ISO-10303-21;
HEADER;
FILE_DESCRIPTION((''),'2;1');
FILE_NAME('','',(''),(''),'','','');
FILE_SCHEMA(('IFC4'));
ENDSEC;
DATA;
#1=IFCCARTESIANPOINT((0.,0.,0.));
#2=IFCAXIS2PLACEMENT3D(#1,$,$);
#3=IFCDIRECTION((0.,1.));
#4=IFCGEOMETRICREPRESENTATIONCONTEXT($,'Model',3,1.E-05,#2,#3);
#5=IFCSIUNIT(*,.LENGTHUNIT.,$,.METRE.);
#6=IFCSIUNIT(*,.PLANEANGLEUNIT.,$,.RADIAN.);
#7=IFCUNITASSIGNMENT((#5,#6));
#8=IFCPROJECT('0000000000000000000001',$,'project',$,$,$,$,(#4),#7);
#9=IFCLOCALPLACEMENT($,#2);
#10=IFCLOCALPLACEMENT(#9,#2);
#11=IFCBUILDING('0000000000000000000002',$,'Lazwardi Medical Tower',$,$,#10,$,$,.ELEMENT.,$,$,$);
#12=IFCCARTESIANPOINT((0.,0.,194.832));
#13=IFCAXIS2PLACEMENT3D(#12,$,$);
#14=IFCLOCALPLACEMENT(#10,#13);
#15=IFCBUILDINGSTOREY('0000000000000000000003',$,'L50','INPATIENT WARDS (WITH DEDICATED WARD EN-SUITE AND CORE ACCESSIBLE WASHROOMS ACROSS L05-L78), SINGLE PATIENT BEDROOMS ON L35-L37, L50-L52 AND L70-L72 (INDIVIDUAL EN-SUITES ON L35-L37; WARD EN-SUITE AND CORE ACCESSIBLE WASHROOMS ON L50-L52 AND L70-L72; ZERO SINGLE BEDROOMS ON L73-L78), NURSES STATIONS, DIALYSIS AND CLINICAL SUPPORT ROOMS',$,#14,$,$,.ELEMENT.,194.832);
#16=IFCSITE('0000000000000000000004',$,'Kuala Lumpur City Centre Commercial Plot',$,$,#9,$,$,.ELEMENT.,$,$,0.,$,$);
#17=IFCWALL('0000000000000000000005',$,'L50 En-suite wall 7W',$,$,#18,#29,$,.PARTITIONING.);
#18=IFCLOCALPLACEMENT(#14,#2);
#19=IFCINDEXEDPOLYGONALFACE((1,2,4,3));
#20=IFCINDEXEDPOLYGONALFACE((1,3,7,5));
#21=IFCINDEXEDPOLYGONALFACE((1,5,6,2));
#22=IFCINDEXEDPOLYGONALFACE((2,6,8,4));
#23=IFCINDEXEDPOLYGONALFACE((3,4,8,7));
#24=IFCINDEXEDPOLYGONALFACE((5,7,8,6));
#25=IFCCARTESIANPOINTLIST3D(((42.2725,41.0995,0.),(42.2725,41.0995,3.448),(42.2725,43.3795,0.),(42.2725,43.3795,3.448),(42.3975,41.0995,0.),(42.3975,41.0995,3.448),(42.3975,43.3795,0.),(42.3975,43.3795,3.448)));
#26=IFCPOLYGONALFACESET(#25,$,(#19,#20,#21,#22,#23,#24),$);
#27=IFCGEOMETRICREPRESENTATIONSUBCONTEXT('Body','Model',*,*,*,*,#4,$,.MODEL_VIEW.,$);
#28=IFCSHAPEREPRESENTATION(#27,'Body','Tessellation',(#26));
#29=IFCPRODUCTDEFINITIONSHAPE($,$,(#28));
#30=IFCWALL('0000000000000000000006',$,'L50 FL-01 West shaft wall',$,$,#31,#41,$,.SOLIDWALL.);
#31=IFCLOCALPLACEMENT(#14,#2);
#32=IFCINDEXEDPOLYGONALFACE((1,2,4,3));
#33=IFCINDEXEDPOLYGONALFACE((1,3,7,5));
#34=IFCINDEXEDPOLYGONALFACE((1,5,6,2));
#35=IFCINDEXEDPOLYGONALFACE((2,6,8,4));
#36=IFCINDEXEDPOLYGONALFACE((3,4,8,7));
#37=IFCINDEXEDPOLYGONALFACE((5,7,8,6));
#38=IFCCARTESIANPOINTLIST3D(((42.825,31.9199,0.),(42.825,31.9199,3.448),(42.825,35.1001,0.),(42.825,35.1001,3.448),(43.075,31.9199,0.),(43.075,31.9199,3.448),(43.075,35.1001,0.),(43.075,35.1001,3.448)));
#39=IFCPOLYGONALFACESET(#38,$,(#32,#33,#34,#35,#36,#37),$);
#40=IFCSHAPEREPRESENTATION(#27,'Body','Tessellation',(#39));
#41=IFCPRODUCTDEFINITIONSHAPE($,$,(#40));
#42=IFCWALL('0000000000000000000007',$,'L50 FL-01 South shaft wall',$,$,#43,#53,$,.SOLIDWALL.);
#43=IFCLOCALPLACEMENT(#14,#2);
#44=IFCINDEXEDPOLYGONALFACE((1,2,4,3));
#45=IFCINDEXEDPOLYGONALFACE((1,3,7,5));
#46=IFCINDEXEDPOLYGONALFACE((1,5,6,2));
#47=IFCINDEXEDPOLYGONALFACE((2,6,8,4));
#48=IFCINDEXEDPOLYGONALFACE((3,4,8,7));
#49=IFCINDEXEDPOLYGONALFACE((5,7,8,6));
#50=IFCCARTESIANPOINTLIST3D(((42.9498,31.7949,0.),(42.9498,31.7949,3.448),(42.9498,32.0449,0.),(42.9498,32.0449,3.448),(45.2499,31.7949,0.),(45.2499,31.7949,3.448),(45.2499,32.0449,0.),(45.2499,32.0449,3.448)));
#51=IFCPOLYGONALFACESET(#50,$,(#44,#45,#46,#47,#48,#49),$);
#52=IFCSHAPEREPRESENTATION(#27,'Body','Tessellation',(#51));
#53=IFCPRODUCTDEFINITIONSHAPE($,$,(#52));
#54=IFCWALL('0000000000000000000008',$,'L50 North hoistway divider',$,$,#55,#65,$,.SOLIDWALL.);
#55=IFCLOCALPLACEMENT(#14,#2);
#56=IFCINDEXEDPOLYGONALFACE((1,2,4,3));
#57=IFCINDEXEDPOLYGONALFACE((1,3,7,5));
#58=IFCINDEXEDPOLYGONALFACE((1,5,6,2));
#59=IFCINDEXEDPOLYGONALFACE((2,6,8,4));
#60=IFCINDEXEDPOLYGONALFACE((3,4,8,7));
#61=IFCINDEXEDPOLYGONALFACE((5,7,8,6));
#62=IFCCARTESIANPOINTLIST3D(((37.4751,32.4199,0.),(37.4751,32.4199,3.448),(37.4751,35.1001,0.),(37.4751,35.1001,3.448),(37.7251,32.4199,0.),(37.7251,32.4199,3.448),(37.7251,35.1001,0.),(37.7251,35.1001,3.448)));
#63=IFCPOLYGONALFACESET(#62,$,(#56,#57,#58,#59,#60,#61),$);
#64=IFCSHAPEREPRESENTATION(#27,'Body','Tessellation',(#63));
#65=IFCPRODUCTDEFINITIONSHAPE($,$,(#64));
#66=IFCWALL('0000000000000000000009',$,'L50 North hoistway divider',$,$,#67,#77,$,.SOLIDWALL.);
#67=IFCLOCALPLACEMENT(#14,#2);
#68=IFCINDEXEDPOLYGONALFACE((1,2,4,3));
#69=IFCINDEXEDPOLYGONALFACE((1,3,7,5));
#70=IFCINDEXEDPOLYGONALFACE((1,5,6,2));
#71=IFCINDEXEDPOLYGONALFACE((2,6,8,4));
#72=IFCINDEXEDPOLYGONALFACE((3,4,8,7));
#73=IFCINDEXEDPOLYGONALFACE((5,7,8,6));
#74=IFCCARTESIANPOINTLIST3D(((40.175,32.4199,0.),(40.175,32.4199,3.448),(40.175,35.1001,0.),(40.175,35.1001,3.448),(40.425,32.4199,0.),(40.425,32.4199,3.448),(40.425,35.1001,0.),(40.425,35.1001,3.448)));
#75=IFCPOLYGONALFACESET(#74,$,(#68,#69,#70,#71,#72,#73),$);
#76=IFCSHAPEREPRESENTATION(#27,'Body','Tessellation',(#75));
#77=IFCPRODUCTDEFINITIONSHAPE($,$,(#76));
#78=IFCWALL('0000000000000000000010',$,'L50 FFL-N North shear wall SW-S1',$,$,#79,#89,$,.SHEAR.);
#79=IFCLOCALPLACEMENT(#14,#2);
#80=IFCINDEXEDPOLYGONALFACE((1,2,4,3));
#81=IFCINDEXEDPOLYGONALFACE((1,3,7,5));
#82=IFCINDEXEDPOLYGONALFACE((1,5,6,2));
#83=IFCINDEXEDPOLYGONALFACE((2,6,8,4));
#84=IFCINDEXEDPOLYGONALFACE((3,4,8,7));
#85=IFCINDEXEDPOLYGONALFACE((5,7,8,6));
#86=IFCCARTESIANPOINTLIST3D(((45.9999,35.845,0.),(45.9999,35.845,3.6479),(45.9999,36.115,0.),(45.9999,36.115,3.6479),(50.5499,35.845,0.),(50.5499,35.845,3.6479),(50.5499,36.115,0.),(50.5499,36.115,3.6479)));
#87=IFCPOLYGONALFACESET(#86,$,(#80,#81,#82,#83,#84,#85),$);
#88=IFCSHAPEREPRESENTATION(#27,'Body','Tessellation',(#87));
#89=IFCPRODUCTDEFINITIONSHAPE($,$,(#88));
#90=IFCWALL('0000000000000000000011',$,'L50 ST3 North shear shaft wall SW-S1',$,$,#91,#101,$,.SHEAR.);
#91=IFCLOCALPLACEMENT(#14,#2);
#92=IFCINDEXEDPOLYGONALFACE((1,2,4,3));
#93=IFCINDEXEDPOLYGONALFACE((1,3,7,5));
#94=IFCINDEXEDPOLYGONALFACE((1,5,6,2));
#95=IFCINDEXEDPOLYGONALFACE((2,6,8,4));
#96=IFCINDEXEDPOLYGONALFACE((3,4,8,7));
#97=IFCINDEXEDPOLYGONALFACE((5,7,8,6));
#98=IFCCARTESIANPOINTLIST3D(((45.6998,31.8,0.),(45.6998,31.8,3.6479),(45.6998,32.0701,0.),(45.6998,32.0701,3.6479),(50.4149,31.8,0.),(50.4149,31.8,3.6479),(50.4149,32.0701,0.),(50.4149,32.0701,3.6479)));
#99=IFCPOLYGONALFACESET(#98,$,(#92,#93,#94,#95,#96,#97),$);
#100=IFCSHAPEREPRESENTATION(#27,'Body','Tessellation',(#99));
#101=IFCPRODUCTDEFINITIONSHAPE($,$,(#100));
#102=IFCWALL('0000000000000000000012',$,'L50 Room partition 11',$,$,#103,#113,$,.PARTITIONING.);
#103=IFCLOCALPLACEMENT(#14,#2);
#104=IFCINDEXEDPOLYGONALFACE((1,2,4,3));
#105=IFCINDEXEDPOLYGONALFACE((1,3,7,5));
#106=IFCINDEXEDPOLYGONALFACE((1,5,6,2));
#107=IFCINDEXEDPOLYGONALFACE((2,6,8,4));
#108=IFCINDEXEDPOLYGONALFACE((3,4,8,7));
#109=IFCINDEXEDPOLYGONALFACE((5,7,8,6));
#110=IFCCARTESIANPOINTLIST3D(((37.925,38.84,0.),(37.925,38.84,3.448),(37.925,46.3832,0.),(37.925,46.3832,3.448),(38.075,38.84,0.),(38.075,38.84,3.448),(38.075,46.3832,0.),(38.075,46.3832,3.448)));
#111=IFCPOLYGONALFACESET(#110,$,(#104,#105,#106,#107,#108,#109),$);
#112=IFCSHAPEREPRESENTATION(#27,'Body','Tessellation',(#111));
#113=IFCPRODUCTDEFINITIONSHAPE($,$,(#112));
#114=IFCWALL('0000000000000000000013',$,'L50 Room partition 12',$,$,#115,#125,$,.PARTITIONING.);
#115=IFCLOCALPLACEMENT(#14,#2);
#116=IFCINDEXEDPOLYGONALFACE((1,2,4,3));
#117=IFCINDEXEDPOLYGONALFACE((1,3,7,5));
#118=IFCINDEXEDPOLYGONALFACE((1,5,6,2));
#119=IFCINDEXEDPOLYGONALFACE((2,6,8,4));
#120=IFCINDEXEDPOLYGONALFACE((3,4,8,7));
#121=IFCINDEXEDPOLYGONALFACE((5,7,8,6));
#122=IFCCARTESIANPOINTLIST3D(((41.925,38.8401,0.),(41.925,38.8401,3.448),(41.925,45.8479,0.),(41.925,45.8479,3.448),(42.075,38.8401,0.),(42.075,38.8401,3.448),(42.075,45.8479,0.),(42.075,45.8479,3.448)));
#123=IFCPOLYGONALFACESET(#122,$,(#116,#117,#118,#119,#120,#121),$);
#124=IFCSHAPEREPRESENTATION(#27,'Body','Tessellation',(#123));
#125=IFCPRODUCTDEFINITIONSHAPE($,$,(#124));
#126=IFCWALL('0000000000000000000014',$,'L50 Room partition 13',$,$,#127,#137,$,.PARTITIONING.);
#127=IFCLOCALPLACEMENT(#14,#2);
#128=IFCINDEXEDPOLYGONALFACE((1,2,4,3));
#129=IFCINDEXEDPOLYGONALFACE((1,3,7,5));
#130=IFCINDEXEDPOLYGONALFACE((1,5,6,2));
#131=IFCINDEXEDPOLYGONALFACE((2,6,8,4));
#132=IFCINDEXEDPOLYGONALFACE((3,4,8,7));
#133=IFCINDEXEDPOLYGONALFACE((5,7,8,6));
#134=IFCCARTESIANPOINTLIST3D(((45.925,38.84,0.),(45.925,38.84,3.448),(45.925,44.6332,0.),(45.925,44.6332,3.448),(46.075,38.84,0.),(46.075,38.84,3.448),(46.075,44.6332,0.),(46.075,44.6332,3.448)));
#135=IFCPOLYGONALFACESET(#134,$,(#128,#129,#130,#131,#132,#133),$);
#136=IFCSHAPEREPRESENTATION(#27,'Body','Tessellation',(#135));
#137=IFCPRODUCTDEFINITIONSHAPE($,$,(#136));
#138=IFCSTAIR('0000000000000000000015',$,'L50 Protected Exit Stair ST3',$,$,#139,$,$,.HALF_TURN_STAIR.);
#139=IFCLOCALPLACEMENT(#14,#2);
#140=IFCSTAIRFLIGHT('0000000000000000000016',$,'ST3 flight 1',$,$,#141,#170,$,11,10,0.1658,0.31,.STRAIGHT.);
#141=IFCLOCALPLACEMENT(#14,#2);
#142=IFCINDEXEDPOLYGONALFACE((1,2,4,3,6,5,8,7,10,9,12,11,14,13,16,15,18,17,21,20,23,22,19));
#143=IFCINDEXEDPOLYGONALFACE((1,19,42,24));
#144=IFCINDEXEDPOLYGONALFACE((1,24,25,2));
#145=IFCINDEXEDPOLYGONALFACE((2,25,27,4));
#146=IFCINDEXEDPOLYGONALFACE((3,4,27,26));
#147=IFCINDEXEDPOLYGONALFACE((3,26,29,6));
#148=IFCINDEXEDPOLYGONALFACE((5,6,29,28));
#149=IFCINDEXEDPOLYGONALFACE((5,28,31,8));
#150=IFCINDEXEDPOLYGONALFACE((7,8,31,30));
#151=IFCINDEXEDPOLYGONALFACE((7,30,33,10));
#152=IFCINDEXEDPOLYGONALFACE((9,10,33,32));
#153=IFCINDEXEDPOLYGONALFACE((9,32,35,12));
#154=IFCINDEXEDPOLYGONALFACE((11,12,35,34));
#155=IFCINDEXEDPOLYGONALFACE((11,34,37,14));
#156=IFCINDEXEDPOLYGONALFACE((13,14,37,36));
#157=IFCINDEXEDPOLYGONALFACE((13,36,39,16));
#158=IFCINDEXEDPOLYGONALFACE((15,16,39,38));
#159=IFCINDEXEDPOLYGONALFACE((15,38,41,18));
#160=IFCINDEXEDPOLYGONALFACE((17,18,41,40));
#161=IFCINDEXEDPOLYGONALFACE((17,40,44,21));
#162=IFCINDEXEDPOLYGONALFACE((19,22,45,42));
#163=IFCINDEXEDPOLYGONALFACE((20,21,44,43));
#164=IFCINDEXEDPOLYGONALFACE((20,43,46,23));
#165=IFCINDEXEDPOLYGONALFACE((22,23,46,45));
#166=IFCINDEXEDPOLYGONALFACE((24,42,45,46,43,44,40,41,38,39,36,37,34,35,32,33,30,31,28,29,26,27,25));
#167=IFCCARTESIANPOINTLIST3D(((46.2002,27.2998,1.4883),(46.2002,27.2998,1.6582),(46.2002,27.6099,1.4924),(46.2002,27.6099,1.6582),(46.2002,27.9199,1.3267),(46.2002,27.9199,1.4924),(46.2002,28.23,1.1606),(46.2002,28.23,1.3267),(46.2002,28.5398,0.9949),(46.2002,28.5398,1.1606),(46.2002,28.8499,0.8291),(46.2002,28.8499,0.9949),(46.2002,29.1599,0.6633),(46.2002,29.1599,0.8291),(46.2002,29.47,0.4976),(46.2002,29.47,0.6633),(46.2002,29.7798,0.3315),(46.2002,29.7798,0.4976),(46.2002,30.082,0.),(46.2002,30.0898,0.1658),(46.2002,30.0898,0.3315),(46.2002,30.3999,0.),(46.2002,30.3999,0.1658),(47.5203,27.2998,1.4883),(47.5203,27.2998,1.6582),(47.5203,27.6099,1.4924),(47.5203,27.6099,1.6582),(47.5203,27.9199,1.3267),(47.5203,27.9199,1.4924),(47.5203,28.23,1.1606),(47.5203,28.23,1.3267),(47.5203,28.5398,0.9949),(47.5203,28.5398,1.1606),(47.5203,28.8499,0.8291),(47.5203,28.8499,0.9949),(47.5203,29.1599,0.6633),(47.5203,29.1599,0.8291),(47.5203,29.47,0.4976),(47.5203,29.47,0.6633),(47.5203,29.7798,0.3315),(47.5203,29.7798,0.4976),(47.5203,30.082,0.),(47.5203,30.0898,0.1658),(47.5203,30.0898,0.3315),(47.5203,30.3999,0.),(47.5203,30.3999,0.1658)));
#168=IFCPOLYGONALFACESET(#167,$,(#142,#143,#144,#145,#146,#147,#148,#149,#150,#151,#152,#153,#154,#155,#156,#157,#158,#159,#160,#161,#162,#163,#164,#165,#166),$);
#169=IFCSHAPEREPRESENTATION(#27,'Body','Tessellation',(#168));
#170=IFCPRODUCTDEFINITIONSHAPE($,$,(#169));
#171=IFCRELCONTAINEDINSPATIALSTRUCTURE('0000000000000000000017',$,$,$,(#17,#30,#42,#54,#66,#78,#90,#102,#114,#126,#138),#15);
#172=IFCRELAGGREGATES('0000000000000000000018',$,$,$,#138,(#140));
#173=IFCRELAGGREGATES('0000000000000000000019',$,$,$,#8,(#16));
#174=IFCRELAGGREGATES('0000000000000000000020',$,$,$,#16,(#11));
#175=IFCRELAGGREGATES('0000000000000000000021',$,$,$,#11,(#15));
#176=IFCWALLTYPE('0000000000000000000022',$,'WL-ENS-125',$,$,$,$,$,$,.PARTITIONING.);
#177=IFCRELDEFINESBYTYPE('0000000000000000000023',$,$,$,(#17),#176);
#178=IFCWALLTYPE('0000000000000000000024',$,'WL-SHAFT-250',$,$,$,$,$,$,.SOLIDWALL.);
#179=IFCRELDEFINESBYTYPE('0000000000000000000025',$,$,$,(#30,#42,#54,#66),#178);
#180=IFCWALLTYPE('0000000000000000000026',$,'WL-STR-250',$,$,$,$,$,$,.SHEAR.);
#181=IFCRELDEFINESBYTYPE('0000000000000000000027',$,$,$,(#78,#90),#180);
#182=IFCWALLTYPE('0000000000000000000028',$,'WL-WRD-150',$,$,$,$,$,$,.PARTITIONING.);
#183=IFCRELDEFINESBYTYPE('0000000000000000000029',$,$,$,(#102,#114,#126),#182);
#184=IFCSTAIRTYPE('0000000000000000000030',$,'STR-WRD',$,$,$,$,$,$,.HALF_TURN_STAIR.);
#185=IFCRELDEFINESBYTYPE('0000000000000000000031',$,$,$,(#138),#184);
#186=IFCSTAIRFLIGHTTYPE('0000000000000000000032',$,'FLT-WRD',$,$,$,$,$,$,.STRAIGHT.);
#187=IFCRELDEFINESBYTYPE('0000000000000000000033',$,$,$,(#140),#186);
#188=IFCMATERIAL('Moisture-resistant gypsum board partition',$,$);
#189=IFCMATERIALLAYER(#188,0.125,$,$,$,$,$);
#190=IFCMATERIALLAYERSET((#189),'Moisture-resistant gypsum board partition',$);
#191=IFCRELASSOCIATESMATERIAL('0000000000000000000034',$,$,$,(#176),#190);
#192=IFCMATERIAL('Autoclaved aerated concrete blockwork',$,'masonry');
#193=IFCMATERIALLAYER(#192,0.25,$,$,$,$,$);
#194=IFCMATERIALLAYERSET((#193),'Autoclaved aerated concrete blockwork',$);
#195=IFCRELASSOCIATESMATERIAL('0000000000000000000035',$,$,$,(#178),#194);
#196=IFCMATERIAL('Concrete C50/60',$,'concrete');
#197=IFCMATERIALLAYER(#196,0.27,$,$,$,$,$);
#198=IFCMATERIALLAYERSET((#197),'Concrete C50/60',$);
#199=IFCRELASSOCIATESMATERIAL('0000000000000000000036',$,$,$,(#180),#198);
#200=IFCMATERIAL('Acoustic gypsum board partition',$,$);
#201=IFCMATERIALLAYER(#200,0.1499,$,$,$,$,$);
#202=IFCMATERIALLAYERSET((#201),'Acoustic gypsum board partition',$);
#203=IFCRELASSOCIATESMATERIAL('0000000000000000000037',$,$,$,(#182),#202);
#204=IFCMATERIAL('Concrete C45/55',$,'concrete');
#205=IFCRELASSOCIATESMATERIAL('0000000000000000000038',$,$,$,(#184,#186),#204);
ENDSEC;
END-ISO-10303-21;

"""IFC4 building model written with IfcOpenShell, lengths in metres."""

from ifc_helpers import new_model, si_unit, direction, frame, frame_2d, origin, place, context, subcontext, project, spatial, polyline, rectangle, outline, extrude, material, layer, layer_set, type_object, element, aggregate, save


model = new_model("IFC4")

# Units and contexts
model_context = context("Model", 3, precision=1e-05, world=origin(), true_north=direction((0.0, 1.0)))
body_context = subcontext(model_context, "Body", "Model", "MODEL_VIEW")
ifc_project = project(units=[si_unit("LENGTHUNIT", "METRE"), si_unit("PLANEANGLEUNIT", "RADIAN")], contexts=[model_context])

# Site, building, storey
site_placement = place(None, origin())
site = spatial("IfcSite", under=ifc_project, at=site_placement, Name="Kuala Lumpur City Centre Commercial Plot", CompositionType="ELEMENT", RefElevation=0.0)
building_placement = place(site_placement, origin())
building = spatial("IfcBuilding", under=site, at=building_placement, Name="Lazwardi Medical Tower", CompositionType="ELEMENT")
storey_placement = place(building_placement, frame((0.0, 0.0, 194.832)))
storey = spatial("IfcBuildingStorey", under=building, at=storey_placement, Name="L50", Description="INPATIENT WARDS (WITH DEDICATED WARD EN-SUITE AND CORE ACCESSIBLE WASHROOMS ACROSS L05-L78), SINGLE PATIENT BEDROOMS ON L35-L37, L50-L52 AND L70-L72 (INDIVIDUAL EN-SUITES ON L35-L37; WARD EN-SUITE AND CORE ACCESSIBLE WASHROOMS ON L50-L52 AND L70-L72; ZERO SINGLE BEDROOMS ON L73-L78), NURSES STATIONS, DIALYSIS AND CLINICAL SUPPORT ROOMS", CompositionType="ELEMENT", Elevation=194.832)

# Walls
ifc_material_1 = material(Name="Moisture-resistant gypsum board partition")
ifc_layer_1 = layer(ifc_material_1, 0.125)
ifc_layer_set_1 = layer_set([ifc_layer_1], Name="Moisture-resistant gypsum board partition")
wall_type_1 = type_object("IfcWallType", Name="WL-ENS-125", PredefinedType="PARTITIONING", material=ifc_layer_set_1)
for number, where, z_axis, x_axis, name in (
    (1, (42.335, 41.0994, 0.0), (0.0, 0.0, 1.0), (0.0, 1.0, 0.0), "L50 En-suite wall 7W"),
):
    element("IfcWall", number, at=place(storey_placement, frame(where, z_axis=z_axis, x_axis=x_axis)), inside=storey, type_object=wall_type_1, Name=name, PredefinedType="PARTITIONING", context=body_context, shape_type="SweptSolid", body=[
        extrude(rectangle(XDim=2.28, YDim=0.125, at=frame_2d((1.1401, 0.0))), origin(), (0.0, 0.0, 1.0), 3.448),
    ])
ifc_material_2 = material(Name="Autoclaved aerated concrete blockwork", Category="masonry")
ifc_layer_2 = layer(ifc_material_2, 0.25)
ifc_layer_set_2 = layer_set([ifc_layer_2], Name="Autoclaved aerated concrete blockwork")
wall_type_2 = type_object("IfcWallType", Name="WL-SHAFT-250", PredefinedType="SOLIDWALL", material=ifc_layer_set_2)
wall_1_placement = place(storey_placement, frame((42.95, 31.9199, 0.0), z_axis=(0.0, 0.0, 1.0), x_axis=(0.0, 1.0, 0.0)))
element("IfcWall", 2, at=wall_1_placement, inside=storey, type_object=wall_type_2, Name="L50 FL-01 West shaft wall", PredefinedType="SOLIDWALL", context=body_context, shape_type="SweptSolid", body=[
    extrude(rectangle(XDim=3.1802, YDim=0.25, at=frame_2d((1.5901, 0.0))), origin(), (0.0, 0.0, 1.0), 3.448),
])
wall_2_placement = place(storey_placement, frame((42.95, 31.9199, 0.0), z_axis=(0.0, 0.0, 1.0), x_axis=(1.0, 0.0, 0.0)))
element("IfcWall", 3, at=wall_2_placement, inside=storey, type_object=wall_type_2, Name="L50 FL-01 South shaft wall", PredefinedType="SOLIDWALL", context=body_context, shape_type="SweptSolid", body=[
    extrude(rectangle(XDim=2.3, YDim=0.25, at=frame_2d((1.1499, 0.0))), origin(), (0.0, 0.0, 1.0), 3.448),
])
for number, where, z_axis, x_axis, name in (
    (4, (37.6001, 32.4199, 0.0), (0.0, 0.0, 1.0), (0.0, 1.0, 0.0), "L50 North hoistway divider"),
    (5, (40.3, 32.4199, 0.0), (0.0, 0.0, 1.0), (0.0, 1.0, 0.0), "L50 North hoistway divider"),
):
    element("IfcWall", number, at=place(storey_placement, frame(where, z_axis=z_axis, x_axis=x_axis)), inside=storey, type_object=wall_type_2, Name=name, PredefinedType="SOLIDWALL", context=body_context, shape_type="SweptSolid", body=[
        extrude(rectangle(XDim=2.6802, YDim=0.25, at=frame_2d((1.3401, 0.0))), origin(), (0.0, 0.0, 1.0), 3.448),
    ])
ifc_material_3 = material(Name="Concrete C50/60", Category="concrete")
ifc_layer_3 = layer(ifc_material_3, 0.27)
ifc_layer_set_3 = layer_set([ifc_layer_3], Name="Concrete C50/60")
wall_type_3 = type_object("IfcWallType", Name="WL-STR-250", PredefinedType="SHEAR", material=ifc_layer_set_3)
wall_3_placement = place(storey_placement, frame((46.0, 35.98, 0.0), z_axis=(0.0, 0.0, 1.0), x_axis=(1.0, 0.0, 0.0)))
element("IfcWall", 6, at=wall_3_placement, inside=storey, type_object=wall_type_3, Name="L50 FFL-N North shear wall SW-S1", PredefinedType="SHEAR", context=body_context, shape_type="SweptSolid", body=[
    extrude(rectangle(XDim=4.55, YDim=0.27, at=frame_2d((2.2749, 0.0))), origin(), (0.0, 0.0, 1.0), 3.6479),
])
wall_4_placement = place(storey_placement, frame((45.7, 31.9351, 0.0), z_axis=(0.0, 0.0, 1.0), x_axis=(1.0, 0.0, 0.0)))
element("IfcWall", 7, at=wall_4_placement, inside=storey, type_object=wall_type_3, Name="L50 ST3 North shear shaft wall SW-S1", PredefinedType="SHEAR", context=body_context, shape_type="SweptSolid", body=[
    extrude(rectangle(XDim=4.7151, YDim=0.27, at=frame_2d((2.3574, 0.0))), origin(), (0.0, 0.0, 1.0), 3.6479),
])
ifc_material_4 = material(Name="Acoustic gypsum board partition")
ifc_layer_4 = layer(ifc_material_4, 0.1499)
ifc_layer_set_4 = layer_set([ifc_layer_4], Name="Acoustic gypsum board partition")
wall_type_4 = type_object("IfcWallType", Name="WL-WRD-150", PredefinedType="PARTITIONING", material=ifc_layer_set_4)
wall_5_placement = place(storey_placement, frame((38.0, 38.8401, 0.0), z_axis=(0.0, 0.0, 1.0), x_axis=(0.0, 1.0, 0.0)))
element("IfcWall", 8, at=wall_5_placement, inside=storey, type_object=wall_type_4, Name="L50 Room partition 11", PredefinedType="PARTITIONING", context=body_context, shape_type="SweptSolid", body=[
    extrude(rectangle(XDim=7.5432, YDim=0.1499, at=frame_2d((3.7715, 0.0))), origin(), (0.0, 0.0, 1.0), 3.448),
])
wall_6_placement = place(storey_placement, frame((42.0, 38.8401, 0.0), z_axis=(0.0, 0.0, 1.0), x_axis=(0.0, 1.0, 0.0)))
element("IfcWall", 9, at=wall_6_placement, inside=storey, type_object=wall_type_4, Name="L50 Room partition 12", PredefinedType="PARTITIONING", context=body_context, shape_type="SweptSolid", body=[
    extrude(rectangle(XDim=7.0078, YDim=0.1499, at=frame_2d((3.5039, 0.0))), origin(), (0.0, 0.0, 1.0), 3.448),
])
wall_7_placement = place(storey_placement, frame((46.0, 38.8401, 0.0), z_axis=(0.0, 0.0, 1.0), x_axis=(0.0, 1.0, 0.0)))
element("IfcWall", 10, at=wall_7_placement, inside=storey, type_object=wall_type_4, Name="L50 Room partition 13", PredefinedType="PARTITIONING", context=body_context, shape_type="SweptSolid", body=[
    extrude(rectangle(XDim=5.7932, YDim=0.1499, at=frame_2d((2.8965, 0.0))), origin(), (0.0, 0.0, 1.0), 3.448),
])

# Stair, stair flight
ifc_material_5 = material(Name="Concrete C45/55", Category="concrete")
stair_type = type_object("IfcStairType", Name="STR-WRD", PredefinedType="HALF_TURN_STAIR", material=ifc_material_5)
stair_placement = place(storey_placement, origin())
stair = element("IfcStair", 11, at=stair_placement, inside=storey, type_object=stair_type, Name="L50 Protected Exit Stair ST3", PredefinedType="HALF_TURN_STAIR")
stair_flight_type = type_object("IfcStairFlightType", Name="FLT-WRD", PredefinedType="STRAIGHT", material=ifc_material_5)
stair_flight_placement = place(storey_placement, frame((46.8601, 30.3999, 0.0), z_axis=(0.0, 0.0, 1.0), x_axis=(0.0, -1.0, 0.0)))
stair_flight = element("IfcStairFlight", 12, at=stair_flight_placement, type_object=stair_flight_type, Name="ST3 flight 1", NumberOfRisers=11, NumberOfTreads=10, PredefinedType="STRAIGHT", RiserHeight=0.1658, TreadLength=0.31, context=body_context, shape_type="SweptSolid", body=[
    extrude(outline(polyline([(0.0, 0.0), (0.0, 0.1658), (0.3101, 0.1658), (0.3101, 0.3315), (0.6201, 0.3315), (0.6201, 0.4976), (0.9299, 0.4976), (0.9299, 0.6633), (1.24, 0.6633), (1.24, 0.8291), (1.55, 0.8291), (1.55, 0.9949), (1.8601, 0.9949), (1.8601, 1.1606), (2.1699, 1.1606), (2.1699, 1.3267), (2.48, 1.3267), (2.48, 1.4924), (2.79, 1.4924), (2.79, 1.6582), (3.1001, 1.6582), (3.1001, 1.824), (3.1001, 1.4883), (0.3179, 0.0), (0.0, 0.0)])), frame((0.0, 0.6602, 0.0), z_axis=(0.0, -1.0, 0.0), x_axis=(1.0, 0.0, 0.0)), (0.0, 0.0, 1.0), 1.3201),
])
aggregate(stair, [stair_flight])

save(model, "model.ifc")
